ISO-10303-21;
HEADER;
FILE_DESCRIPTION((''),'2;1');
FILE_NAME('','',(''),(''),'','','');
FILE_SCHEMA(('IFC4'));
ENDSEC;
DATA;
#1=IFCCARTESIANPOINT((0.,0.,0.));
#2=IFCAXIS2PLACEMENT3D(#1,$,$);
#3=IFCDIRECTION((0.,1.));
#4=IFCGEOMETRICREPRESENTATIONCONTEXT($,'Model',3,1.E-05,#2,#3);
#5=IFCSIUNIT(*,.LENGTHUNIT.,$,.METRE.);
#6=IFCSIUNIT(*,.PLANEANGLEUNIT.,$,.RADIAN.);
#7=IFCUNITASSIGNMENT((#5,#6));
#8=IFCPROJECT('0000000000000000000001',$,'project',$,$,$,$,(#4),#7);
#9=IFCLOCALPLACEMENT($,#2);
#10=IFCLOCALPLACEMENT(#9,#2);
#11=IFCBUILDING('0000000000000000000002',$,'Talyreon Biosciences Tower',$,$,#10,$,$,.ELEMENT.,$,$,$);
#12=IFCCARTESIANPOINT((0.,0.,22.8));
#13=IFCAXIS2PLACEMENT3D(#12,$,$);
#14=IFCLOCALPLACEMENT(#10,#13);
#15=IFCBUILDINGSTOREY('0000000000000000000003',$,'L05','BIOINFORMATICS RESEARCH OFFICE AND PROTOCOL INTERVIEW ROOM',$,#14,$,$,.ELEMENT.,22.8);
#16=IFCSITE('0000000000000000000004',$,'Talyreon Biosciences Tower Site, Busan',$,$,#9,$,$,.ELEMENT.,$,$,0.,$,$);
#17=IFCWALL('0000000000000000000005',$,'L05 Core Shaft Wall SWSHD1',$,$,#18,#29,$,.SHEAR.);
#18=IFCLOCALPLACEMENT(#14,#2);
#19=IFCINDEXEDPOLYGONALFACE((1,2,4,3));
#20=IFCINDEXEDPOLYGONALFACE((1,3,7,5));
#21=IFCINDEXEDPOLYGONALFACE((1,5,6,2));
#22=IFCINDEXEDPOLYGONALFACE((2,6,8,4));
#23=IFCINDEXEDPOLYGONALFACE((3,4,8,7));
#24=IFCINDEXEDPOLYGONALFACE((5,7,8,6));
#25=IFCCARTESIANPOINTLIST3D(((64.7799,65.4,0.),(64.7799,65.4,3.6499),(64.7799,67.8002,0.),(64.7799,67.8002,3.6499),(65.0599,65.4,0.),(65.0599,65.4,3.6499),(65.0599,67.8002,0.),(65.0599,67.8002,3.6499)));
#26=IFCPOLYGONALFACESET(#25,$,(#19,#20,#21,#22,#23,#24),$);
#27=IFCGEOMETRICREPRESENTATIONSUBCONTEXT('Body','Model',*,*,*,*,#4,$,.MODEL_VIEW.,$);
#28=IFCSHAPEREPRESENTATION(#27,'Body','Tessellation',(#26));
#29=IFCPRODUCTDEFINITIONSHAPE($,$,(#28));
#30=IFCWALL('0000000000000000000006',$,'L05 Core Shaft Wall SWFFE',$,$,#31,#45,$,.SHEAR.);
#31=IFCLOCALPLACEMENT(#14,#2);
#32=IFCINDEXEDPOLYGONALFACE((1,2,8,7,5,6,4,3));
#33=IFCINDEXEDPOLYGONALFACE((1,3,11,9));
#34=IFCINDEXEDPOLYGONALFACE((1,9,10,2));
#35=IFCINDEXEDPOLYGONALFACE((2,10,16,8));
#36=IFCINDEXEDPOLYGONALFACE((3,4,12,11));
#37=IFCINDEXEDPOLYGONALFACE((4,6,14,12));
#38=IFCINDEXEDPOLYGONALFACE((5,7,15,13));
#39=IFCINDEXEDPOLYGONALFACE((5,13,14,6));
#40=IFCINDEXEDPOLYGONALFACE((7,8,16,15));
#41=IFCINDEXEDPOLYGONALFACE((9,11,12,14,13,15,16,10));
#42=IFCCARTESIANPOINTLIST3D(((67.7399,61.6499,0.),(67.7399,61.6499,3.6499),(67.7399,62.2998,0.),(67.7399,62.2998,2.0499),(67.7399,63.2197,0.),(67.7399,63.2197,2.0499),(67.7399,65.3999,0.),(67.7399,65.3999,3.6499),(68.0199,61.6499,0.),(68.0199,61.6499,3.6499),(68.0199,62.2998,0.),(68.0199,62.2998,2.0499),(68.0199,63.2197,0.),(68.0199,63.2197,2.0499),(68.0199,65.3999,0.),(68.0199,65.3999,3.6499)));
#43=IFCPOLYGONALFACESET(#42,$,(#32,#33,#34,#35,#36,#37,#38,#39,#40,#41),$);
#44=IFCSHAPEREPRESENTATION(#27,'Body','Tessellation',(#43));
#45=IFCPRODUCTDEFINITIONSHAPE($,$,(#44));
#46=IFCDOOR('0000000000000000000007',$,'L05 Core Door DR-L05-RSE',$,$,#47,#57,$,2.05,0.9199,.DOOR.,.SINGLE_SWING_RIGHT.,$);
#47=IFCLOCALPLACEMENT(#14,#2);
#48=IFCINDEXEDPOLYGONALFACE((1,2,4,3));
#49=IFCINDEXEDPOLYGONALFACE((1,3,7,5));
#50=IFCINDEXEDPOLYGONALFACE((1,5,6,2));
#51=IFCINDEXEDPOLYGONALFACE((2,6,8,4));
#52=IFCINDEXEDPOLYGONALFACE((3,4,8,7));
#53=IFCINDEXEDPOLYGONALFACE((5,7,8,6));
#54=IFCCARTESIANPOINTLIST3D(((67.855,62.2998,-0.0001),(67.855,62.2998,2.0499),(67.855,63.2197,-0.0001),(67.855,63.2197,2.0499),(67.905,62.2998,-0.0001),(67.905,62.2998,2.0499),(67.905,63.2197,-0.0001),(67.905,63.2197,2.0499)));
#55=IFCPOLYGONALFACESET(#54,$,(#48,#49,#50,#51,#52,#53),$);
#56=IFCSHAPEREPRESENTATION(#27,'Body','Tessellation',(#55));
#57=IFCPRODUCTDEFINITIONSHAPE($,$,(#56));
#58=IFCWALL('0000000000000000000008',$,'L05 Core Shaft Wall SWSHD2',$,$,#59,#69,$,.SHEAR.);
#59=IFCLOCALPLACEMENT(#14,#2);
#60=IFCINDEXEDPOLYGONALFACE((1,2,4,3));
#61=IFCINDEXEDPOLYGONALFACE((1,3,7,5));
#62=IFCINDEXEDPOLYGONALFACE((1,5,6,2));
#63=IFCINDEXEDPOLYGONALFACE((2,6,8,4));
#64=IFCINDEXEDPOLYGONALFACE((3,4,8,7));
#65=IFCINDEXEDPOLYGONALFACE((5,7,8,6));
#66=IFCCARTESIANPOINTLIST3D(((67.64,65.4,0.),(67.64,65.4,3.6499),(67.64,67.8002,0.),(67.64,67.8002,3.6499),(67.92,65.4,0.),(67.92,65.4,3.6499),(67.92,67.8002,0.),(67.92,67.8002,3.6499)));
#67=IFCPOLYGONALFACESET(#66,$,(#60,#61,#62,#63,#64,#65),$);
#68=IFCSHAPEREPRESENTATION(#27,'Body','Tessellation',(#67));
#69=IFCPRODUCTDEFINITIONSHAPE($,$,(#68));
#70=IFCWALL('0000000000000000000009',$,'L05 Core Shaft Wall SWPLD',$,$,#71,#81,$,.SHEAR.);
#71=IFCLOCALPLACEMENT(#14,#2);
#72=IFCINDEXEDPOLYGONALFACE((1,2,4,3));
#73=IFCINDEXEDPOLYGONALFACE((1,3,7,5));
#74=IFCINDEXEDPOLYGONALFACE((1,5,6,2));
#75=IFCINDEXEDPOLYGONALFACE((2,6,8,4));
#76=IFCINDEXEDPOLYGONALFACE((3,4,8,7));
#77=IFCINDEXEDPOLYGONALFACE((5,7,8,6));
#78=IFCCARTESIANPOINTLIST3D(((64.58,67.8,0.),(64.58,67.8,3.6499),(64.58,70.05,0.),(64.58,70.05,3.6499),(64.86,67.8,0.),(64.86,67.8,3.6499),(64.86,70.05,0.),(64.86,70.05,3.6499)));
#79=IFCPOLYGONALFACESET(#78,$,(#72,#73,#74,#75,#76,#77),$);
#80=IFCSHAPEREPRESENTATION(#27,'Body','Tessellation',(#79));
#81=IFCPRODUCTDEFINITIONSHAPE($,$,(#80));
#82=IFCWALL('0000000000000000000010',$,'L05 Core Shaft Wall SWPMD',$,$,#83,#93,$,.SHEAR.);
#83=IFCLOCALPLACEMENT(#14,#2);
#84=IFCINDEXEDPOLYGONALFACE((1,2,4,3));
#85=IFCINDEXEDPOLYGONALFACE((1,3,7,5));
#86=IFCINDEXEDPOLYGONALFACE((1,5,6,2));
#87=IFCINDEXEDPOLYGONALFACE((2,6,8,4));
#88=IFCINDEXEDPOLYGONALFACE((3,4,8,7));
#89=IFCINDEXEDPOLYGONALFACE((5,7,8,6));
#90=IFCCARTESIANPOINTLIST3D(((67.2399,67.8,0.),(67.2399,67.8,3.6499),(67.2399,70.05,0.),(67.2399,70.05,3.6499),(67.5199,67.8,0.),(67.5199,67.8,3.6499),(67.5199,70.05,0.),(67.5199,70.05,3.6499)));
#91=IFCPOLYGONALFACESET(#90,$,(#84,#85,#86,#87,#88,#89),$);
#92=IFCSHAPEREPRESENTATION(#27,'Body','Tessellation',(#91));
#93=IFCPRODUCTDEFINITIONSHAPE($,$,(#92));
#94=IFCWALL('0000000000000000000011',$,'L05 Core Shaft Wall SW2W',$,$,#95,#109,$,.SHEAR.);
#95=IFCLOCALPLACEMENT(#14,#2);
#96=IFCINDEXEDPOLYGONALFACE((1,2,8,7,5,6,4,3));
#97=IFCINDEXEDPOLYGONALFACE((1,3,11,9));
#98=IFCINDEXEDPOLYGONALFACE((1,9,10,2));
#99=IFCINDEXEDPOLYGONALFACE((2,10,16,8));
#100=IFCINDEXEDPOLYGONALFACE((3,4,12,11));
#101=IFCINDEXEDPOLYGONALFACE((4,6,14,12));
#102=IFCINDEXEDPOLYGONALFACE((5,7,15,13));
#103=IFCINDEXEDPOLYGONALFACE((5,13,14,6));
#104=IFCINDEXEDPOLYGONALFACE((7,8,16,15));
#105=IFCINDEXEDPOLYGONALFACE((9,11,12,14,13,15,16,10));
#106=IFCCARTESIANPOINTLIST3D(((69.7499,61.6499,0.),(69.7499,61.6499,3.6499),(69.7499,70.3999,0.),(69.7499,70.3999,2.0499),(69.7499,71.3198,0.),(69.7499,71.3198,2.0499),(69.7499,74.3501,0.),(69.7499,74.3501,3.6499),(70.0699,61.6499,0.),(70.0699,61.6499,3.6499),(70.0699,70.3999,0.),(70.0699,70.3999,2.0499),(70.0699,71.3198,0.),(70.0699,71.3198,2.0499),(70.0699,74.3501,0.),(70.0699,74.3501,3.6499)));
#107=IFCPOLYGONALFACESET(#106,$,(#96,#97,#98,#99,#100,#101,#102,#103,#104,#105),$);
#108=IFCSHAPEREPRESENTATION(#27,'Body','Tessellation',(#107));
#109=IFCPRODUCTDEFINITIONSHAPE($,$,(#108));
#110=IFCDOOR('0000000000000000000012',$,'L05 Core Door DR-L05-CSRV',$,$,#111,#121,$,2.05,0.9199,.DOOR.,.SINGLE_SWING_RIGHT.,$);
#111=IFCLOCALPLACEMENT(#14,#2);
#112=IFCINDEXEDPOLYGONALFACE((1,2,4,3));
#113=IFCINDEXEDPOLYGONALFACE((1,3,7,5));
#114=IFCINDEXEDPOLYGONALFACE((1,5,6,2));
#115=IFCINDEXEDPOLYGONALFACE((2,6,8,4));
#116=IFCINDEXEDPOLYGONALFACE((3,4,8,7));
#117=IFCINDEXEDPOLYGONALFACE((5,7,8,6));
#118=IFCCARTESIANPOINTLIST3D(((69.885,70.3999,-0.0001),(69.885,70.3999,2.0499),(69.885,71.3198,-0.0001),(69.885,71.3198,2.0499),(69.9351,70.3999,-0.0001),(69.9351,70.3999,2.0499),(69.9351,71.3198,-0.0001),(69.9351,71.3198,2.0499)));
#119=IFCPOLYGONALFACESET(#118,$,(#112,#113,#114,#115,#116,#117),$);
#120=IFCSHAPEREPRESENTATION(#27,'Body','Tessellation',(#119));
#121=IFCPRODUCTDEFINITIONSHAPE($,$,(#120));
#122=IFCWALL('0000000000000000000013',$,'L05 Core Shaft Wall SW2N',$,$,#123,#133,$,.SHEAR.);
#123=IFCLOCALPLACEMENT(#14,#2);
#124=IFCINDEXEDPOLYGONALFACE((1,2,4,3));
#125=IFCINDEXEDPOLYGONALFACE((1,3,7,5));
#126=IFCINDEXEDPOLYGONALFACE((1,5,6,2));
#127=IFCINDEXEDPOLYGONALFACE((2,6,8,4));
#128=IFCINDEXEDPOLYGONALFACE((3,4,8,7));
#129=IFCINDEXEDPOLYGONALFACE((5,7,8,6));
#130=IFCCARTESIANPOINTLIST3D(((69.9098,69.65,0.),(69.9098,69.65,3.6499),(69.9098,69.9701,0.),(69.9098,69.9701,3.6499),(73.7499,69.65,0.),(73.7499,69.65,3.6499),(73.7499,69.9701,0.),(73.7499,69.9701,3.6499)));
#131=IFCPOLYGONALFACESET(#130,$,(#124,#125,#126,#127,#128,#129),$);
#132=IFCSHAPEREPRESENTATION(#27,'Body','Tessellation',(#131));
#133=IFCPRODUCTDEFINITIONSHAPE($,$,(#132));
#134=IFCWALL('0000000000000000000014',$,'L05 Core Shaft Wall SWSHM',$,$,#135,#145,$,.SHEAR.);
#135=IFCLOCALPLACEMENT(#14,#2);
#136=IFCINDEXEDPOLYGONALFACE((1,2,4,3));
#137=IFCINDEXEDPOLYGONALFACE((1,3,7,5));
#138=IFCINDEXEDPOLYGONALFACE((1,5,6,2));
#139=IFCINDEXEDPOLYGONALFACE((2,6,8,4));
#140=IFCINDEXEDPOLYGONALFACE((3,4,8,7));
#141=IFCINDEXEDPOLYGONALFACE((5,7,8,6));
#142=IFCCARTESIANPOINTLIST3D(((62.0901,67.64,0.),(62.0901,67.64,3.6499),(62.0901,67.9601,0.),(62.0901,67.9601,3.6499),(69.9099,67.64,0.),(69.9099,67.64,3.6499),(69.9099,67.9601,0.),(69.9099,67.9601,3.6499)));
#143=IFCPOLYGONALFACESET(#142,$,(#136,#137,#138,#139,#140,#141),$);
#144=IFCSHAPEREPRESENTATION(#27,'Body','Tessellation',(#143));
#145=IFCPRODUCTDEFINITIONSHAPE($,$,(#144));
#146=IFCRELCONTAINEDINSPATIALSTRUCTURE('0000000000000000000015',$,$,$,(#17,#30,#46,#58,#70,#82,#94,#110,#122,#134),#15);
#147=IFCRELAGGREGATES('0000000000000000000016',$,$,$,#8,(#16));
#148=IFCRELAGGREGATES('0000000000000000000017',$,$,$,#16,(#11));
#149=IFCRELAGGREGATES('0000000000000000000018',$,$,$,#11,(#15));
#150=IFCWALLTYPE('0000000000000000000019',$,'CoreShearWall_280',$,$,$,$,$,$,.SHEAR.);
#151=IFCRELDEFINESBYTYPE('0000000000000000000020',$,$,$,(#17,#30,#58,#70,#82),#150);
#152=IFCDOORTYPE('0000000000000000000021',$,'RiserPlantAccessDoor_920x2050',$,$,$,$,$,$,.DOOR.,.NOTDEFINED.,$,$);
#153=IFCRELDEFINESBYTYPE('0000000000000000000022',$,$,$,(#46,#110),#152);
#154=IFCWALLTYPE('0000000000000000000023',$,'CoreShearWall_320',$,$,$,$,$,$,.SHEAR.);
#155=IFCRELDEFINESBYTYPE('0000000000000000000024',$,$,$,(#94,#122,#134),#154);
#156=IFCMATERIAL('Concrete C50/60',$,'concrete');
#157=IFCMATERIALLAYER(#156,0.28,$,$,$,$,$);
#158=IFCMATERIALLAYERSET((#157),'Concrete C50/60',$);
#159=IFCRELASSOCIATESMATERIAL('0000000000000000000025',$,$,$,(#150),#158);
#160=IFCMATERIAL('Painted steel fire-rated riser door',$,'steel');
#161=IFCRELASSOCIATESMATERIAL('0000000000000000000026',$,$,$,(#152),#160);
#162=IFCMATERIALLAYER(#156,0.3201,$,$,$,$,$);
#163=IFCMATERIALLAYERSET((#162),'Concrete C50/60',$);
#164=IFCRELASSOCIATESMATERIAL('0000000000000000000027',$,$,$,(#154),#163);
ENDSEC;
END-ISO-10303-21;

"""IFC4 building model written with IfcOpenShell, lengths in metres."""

from ifc_helpers import new_model, si_unit, direction, frame, frame_2d, origin, place, context, subcontext, project, spatial, rectangle, extrude, material, layer, layer_set, type_object, element, fill, save


model = new_model("IFC4")

# Units and contexts
model_context = context("Model", 3, precision=1e-05, world=origin(), true_north=direction((0.0, 1.0)))
body_context = subcontext(model_context, "Body", "Model", "MODEL_VIEW")
ifc_project = project(units=[si_unit("LENGTHUNIT", "METRE"), si_unit("PLANEANGLEUNIT", "RADIAN")], contexts=[model_context])

# Site, building, storey
site_placement = place(None, origin())
site = spatial("IfcSite", under=ifc_project, at=site_placement, Name="Talyreon Biosciences Tower Site, Busan", CompositionType="ELEMENT", RefElevation=0.0)
building_placement = place(site_placement, origin())
building = spatial("IfcBuilding", under=site, at=building_placement, Name="Talyreon Biosciences Tower", CompositionType="ELEMENT")
storey_placement = place(building_placement, frame((0.0, 0.0, 22.8)))
storey = spatial("IfcBuildingStorey", under=building, at=storey_placement, Name="L05", Description="BIOINFORMATICS RESEARCH OFFICE AND PROTOCOL INTERVIEW ROOM", CompositionType="ELEMENT", Elevation=22.8)

# Wall
ifc_material_1 = material(Name="Concrete C50/60", Category="concrete")
ifc_layer_1 = layer(ifc_material_1, 0.28)
ifc_layer_set_1 = layer_set([ifc_layer_1], Name="Concrete C50/60")
wall_type_1 = type_object("IfcWallType", Name="CoreShearWall_280", PredefinedType="SHEAR", material=ifc_layer_set_1)
wall_1_placement = place(storey_placement, frame((64.9199, 65.3999, 0.0), z_axis=(0.0, 0.0, 1.0), x_axis=(0.0, 1.0, 0.0)))
element("IfcWall", 1, at=wall_1_placement, inside=storey, type_object=wall_type_1, Name="L05 Core Shaft Wall SWSHD1", PredefinedType="SHEAR", context=body_context, shape_type="SweptSolid", body=[
    extrude(rectangle(XDim=2.4001, YDim=0.28, at=frame_2d((1.2002, 0.0))), origin(), (0.0, 0.0, 1.0), 3.6499),
])

# Wall, opening, door
wall_2_placement = place(storey_placement, frame((67.8799, 61.6499, 0.0), z_axis=(0.0, 0.0, 1.0), x_axis=(0.0, 1.0, 0.0)))
wall_2 = element("IfcWall", 2, at=wall_2_placement, inside=storey, type_object=wall_type_1, Name="L05 Core Shaft Wall SWFFE", PredefinedType="SHEAR", context=body_context, shape_type="SweptSolid", body=[
    extrude(rectangle(XDim=3.75, YDim=0.28, at=frame_2d((1.875, 0.0))), origin(), (0.0, 0.0, 1.0), 3.6499),
])
opening_1_placement = place(wall_2_placement, frame((0.6499, 0.0, 0.0)))
opening_1 = element("IfcOpeningElement", 3, at=opening_1_placement, cuts=wall_2, PredefinedType="OPENING", context=body_context, shape_type="SweptSolid", body=[
    extrude(rectangle(XDim=0.9199, YDim=2.05, at=frame_2d((0.46, 1.0249))), frame((0.0, 0.1499, 0.0), z_axis=(0.0, -1.0, 0.0), x_axis=(1.0, 0.0, 0.0)), (0.0, 0.0, 1.0), 0.3),
])
ifc_material_2 = material(Name="Painted steel fire-rated riser door", Category="steel")
door_type_1 = type_object("IfcDoorType", Name="RiserPlantAccessDoor_920x2050", OperationType="NOTDEFINED", PredefinedType="DOOR", material=ifc_material_2)
door_1_placement = place(opening_1_placement, origin())
door_1 = element("IfcDoor", 4, at=door_1_placement, inside=storey, type_object=door_type_1, Name="L05 Core Door DR-L05-RSE", OperationType="SINGLE_SWING_RIGHT", OverallHeight=2.05, OverallWidth=0.9199, PredefinedType="DOOR", context=body_context, shape_type="SweptSolid", body=[
    extrude(rectangle(XDim=0.9199, YDim=2.05, at=frame_2d((0.46, 1.0249))), frame((0.0, 0.0249, 0.0), z_axis=(0.0, -1.0, 0.0), x_axis=(1.0, 0.0, 0.0)), (0.0, 0.0, 1.0), 0.05),
])
fill(opening_1, door_1)

# Walls
wall_3_placement = place(storey_placement, frame((67.78, 65.3999, 0.0), z_axis=(0.0, 0.0, 1.0), x_axis=(0.0, 1.0, 0.0)))
element("IfcWall", 5, at=wall_3_placement, inside=storey, type_object=wall_type_1, Name="L05 Core Shaft Wall SWSHD2", PredefinedType="SHEAR", context=body_context, shape_type="SweptSolid", body=[
    extrude(rectangle(XDim=2.4001, YDim=0.28, at=frame_2d((1.2002, 0.0))), origin(), (0.0, 0.0, 1.0), 3.6499),
])
for number, where, z_axis, x_axis, name in (
    (6, (64.72, 67.8, 0.0), (0.0, 0.0, 1.0), (0.0, 1.0, 0.0), "L05 Core Shaft Wall SWPLD"),
    (7, (67.3799, 67.8, 0.0), (0.0, 0.0, 1.0), (0.0, 1.0, 0.0), "L05 Core Shaft Wall SWPMD"),
):
    element("IfcWall", number, at=place(storey_placement, frame(where, z_axis=z_axis, x_axis=x_axis)), inside=storey, type_object=wall_type_1, Name=name, PredefinedType="SHEAR", context=body_context, shape_type="SweptSolid", body=[
        extrude(rectangle(XDim=2.25, YDim=0.28, at=frame_2d((1.125, 0.0))), origin(), (0.0, 0.0, 1.0), 3.6499),
    ])

# Wall, opening, door
ifc_layer_2 = layer(ifc_material_1, 0.3201)
ifc_layer_set_2 = layer_set([ifc_layer_2], Name="Concrete C50/60")
wall_type_2 = type_object("IfcWallType", Name="CoreShearWall_320", PredefinedType="SHEAR", material=ifc_layer_set_2)
wall_4_placement = place(storey_placement, frame((69.9099, 61.6499, 0.0), z_axis=(0.0, 0.0, 1.0), x_axis=(0.0, 1.0, 0.0)))
wall_4 = element("IfcWall", 8, at=wall_4_placement, inside=storey, type_object=wall_type_2, Name="L05 Core Shaft Wall SW2W", PredefinedType="SHEAR", context=body_context, shape_type="SweptSolid", body=[
    extrude(rectangle(XDim=12.7002, YDim=0.3201, at=frame_2d((6.3501, 0.0))), origin(), (0.0, 0.0, 1.0), 3.6499),
])
opening_2_placement = place(wall_4_placement, frame((8.75, 0.0, 0.0)))
opening_2 = element("IfcOpeningElement", 9, at=opening_2_placement, cuts=wall_4, PredefinedType="OPENING", context=body_context, shape_type="SweptSolid", body=[
    extrude(rectangle(XDim=0.9199, YDim=2.05, at=frame_2d((0.46, 1.0249))), frame((0.0, 0.1699, 0.0), z_axis=(0.0, -1.0, 0.0), x_axis=(1.0, 0.0, 0.0)), (0.0, 0.0, 1.0), 0.3401),
])
door_2_placement = place(opening_2_placement, origin())
door_2 = element("IfcDoor", 10, at=door_2_placement, inside=storey, type_object=door_type_1, Name="L05 Core Door DR-L05-CSRV", OperationType="SINGLE_SWING_RIGHT", OverallHeight=2.05, OverallWidth=0.9199, PredefinedType="DOOR", context=body_context, shape_type="SweptSolid", body=[
    extrude(rectangle(XDim=0.9199, YDim=2.05, at=frame_2d((0.46, 1.0249))), frame((0.0, 0.0249, 0.0), z_axis=(0.0, -1.0, 0.0), x_axis=(1.0, 0.0, 0.0)), (0.0, 0.0, 1.0), 0.05),
])
fill(opening_2, door_2)

# Walls
wall_5_placement = place(storey_placement, frame((69.9099, 69.8101, 0.0), z_axis=(0.0, 0.0, 1.0), x_axis=(1.0, 0.0, 0.0)))
element("IfcWall", 11, at=wall_5_placement, inside=storey, type_object=wall_type_2, Name="L05 Core Shaft Wall SW2N", PredefinedType="SHEAR", context=body_context, shape_type="SweptSolid", body=[
    extrude(rectangle(XDim=3.8401, YDim=0.3201, at=frame_2d((1.9199, 0.0))), origin(), (0.0, 0.0, 1.0), 3.6499),
])
wall_6_placement = place(storey_placement, frame((62.0901, 67.8, 0.0), z_axis=(0.0, 0.0, 1.0), x_axis=(1.0, 0.0, 0.0)))
element("IfcWall", 12, at=wall_6_placement, inside=storey, type_object=wall_type_2, Name="L05 Core Shaft Wall SWSHM", PredefinedType="SHEAR", context=body_context, shape_type="SweptSolid", body=[
    extrude(rectangle(XDim=7.8198, YDim=0.3201, at=frame_2d((3.9099, 0.0))), origin(), (0.0, 0.0, 1.0), 3.6499),
])

save(model, "model.ifc")
